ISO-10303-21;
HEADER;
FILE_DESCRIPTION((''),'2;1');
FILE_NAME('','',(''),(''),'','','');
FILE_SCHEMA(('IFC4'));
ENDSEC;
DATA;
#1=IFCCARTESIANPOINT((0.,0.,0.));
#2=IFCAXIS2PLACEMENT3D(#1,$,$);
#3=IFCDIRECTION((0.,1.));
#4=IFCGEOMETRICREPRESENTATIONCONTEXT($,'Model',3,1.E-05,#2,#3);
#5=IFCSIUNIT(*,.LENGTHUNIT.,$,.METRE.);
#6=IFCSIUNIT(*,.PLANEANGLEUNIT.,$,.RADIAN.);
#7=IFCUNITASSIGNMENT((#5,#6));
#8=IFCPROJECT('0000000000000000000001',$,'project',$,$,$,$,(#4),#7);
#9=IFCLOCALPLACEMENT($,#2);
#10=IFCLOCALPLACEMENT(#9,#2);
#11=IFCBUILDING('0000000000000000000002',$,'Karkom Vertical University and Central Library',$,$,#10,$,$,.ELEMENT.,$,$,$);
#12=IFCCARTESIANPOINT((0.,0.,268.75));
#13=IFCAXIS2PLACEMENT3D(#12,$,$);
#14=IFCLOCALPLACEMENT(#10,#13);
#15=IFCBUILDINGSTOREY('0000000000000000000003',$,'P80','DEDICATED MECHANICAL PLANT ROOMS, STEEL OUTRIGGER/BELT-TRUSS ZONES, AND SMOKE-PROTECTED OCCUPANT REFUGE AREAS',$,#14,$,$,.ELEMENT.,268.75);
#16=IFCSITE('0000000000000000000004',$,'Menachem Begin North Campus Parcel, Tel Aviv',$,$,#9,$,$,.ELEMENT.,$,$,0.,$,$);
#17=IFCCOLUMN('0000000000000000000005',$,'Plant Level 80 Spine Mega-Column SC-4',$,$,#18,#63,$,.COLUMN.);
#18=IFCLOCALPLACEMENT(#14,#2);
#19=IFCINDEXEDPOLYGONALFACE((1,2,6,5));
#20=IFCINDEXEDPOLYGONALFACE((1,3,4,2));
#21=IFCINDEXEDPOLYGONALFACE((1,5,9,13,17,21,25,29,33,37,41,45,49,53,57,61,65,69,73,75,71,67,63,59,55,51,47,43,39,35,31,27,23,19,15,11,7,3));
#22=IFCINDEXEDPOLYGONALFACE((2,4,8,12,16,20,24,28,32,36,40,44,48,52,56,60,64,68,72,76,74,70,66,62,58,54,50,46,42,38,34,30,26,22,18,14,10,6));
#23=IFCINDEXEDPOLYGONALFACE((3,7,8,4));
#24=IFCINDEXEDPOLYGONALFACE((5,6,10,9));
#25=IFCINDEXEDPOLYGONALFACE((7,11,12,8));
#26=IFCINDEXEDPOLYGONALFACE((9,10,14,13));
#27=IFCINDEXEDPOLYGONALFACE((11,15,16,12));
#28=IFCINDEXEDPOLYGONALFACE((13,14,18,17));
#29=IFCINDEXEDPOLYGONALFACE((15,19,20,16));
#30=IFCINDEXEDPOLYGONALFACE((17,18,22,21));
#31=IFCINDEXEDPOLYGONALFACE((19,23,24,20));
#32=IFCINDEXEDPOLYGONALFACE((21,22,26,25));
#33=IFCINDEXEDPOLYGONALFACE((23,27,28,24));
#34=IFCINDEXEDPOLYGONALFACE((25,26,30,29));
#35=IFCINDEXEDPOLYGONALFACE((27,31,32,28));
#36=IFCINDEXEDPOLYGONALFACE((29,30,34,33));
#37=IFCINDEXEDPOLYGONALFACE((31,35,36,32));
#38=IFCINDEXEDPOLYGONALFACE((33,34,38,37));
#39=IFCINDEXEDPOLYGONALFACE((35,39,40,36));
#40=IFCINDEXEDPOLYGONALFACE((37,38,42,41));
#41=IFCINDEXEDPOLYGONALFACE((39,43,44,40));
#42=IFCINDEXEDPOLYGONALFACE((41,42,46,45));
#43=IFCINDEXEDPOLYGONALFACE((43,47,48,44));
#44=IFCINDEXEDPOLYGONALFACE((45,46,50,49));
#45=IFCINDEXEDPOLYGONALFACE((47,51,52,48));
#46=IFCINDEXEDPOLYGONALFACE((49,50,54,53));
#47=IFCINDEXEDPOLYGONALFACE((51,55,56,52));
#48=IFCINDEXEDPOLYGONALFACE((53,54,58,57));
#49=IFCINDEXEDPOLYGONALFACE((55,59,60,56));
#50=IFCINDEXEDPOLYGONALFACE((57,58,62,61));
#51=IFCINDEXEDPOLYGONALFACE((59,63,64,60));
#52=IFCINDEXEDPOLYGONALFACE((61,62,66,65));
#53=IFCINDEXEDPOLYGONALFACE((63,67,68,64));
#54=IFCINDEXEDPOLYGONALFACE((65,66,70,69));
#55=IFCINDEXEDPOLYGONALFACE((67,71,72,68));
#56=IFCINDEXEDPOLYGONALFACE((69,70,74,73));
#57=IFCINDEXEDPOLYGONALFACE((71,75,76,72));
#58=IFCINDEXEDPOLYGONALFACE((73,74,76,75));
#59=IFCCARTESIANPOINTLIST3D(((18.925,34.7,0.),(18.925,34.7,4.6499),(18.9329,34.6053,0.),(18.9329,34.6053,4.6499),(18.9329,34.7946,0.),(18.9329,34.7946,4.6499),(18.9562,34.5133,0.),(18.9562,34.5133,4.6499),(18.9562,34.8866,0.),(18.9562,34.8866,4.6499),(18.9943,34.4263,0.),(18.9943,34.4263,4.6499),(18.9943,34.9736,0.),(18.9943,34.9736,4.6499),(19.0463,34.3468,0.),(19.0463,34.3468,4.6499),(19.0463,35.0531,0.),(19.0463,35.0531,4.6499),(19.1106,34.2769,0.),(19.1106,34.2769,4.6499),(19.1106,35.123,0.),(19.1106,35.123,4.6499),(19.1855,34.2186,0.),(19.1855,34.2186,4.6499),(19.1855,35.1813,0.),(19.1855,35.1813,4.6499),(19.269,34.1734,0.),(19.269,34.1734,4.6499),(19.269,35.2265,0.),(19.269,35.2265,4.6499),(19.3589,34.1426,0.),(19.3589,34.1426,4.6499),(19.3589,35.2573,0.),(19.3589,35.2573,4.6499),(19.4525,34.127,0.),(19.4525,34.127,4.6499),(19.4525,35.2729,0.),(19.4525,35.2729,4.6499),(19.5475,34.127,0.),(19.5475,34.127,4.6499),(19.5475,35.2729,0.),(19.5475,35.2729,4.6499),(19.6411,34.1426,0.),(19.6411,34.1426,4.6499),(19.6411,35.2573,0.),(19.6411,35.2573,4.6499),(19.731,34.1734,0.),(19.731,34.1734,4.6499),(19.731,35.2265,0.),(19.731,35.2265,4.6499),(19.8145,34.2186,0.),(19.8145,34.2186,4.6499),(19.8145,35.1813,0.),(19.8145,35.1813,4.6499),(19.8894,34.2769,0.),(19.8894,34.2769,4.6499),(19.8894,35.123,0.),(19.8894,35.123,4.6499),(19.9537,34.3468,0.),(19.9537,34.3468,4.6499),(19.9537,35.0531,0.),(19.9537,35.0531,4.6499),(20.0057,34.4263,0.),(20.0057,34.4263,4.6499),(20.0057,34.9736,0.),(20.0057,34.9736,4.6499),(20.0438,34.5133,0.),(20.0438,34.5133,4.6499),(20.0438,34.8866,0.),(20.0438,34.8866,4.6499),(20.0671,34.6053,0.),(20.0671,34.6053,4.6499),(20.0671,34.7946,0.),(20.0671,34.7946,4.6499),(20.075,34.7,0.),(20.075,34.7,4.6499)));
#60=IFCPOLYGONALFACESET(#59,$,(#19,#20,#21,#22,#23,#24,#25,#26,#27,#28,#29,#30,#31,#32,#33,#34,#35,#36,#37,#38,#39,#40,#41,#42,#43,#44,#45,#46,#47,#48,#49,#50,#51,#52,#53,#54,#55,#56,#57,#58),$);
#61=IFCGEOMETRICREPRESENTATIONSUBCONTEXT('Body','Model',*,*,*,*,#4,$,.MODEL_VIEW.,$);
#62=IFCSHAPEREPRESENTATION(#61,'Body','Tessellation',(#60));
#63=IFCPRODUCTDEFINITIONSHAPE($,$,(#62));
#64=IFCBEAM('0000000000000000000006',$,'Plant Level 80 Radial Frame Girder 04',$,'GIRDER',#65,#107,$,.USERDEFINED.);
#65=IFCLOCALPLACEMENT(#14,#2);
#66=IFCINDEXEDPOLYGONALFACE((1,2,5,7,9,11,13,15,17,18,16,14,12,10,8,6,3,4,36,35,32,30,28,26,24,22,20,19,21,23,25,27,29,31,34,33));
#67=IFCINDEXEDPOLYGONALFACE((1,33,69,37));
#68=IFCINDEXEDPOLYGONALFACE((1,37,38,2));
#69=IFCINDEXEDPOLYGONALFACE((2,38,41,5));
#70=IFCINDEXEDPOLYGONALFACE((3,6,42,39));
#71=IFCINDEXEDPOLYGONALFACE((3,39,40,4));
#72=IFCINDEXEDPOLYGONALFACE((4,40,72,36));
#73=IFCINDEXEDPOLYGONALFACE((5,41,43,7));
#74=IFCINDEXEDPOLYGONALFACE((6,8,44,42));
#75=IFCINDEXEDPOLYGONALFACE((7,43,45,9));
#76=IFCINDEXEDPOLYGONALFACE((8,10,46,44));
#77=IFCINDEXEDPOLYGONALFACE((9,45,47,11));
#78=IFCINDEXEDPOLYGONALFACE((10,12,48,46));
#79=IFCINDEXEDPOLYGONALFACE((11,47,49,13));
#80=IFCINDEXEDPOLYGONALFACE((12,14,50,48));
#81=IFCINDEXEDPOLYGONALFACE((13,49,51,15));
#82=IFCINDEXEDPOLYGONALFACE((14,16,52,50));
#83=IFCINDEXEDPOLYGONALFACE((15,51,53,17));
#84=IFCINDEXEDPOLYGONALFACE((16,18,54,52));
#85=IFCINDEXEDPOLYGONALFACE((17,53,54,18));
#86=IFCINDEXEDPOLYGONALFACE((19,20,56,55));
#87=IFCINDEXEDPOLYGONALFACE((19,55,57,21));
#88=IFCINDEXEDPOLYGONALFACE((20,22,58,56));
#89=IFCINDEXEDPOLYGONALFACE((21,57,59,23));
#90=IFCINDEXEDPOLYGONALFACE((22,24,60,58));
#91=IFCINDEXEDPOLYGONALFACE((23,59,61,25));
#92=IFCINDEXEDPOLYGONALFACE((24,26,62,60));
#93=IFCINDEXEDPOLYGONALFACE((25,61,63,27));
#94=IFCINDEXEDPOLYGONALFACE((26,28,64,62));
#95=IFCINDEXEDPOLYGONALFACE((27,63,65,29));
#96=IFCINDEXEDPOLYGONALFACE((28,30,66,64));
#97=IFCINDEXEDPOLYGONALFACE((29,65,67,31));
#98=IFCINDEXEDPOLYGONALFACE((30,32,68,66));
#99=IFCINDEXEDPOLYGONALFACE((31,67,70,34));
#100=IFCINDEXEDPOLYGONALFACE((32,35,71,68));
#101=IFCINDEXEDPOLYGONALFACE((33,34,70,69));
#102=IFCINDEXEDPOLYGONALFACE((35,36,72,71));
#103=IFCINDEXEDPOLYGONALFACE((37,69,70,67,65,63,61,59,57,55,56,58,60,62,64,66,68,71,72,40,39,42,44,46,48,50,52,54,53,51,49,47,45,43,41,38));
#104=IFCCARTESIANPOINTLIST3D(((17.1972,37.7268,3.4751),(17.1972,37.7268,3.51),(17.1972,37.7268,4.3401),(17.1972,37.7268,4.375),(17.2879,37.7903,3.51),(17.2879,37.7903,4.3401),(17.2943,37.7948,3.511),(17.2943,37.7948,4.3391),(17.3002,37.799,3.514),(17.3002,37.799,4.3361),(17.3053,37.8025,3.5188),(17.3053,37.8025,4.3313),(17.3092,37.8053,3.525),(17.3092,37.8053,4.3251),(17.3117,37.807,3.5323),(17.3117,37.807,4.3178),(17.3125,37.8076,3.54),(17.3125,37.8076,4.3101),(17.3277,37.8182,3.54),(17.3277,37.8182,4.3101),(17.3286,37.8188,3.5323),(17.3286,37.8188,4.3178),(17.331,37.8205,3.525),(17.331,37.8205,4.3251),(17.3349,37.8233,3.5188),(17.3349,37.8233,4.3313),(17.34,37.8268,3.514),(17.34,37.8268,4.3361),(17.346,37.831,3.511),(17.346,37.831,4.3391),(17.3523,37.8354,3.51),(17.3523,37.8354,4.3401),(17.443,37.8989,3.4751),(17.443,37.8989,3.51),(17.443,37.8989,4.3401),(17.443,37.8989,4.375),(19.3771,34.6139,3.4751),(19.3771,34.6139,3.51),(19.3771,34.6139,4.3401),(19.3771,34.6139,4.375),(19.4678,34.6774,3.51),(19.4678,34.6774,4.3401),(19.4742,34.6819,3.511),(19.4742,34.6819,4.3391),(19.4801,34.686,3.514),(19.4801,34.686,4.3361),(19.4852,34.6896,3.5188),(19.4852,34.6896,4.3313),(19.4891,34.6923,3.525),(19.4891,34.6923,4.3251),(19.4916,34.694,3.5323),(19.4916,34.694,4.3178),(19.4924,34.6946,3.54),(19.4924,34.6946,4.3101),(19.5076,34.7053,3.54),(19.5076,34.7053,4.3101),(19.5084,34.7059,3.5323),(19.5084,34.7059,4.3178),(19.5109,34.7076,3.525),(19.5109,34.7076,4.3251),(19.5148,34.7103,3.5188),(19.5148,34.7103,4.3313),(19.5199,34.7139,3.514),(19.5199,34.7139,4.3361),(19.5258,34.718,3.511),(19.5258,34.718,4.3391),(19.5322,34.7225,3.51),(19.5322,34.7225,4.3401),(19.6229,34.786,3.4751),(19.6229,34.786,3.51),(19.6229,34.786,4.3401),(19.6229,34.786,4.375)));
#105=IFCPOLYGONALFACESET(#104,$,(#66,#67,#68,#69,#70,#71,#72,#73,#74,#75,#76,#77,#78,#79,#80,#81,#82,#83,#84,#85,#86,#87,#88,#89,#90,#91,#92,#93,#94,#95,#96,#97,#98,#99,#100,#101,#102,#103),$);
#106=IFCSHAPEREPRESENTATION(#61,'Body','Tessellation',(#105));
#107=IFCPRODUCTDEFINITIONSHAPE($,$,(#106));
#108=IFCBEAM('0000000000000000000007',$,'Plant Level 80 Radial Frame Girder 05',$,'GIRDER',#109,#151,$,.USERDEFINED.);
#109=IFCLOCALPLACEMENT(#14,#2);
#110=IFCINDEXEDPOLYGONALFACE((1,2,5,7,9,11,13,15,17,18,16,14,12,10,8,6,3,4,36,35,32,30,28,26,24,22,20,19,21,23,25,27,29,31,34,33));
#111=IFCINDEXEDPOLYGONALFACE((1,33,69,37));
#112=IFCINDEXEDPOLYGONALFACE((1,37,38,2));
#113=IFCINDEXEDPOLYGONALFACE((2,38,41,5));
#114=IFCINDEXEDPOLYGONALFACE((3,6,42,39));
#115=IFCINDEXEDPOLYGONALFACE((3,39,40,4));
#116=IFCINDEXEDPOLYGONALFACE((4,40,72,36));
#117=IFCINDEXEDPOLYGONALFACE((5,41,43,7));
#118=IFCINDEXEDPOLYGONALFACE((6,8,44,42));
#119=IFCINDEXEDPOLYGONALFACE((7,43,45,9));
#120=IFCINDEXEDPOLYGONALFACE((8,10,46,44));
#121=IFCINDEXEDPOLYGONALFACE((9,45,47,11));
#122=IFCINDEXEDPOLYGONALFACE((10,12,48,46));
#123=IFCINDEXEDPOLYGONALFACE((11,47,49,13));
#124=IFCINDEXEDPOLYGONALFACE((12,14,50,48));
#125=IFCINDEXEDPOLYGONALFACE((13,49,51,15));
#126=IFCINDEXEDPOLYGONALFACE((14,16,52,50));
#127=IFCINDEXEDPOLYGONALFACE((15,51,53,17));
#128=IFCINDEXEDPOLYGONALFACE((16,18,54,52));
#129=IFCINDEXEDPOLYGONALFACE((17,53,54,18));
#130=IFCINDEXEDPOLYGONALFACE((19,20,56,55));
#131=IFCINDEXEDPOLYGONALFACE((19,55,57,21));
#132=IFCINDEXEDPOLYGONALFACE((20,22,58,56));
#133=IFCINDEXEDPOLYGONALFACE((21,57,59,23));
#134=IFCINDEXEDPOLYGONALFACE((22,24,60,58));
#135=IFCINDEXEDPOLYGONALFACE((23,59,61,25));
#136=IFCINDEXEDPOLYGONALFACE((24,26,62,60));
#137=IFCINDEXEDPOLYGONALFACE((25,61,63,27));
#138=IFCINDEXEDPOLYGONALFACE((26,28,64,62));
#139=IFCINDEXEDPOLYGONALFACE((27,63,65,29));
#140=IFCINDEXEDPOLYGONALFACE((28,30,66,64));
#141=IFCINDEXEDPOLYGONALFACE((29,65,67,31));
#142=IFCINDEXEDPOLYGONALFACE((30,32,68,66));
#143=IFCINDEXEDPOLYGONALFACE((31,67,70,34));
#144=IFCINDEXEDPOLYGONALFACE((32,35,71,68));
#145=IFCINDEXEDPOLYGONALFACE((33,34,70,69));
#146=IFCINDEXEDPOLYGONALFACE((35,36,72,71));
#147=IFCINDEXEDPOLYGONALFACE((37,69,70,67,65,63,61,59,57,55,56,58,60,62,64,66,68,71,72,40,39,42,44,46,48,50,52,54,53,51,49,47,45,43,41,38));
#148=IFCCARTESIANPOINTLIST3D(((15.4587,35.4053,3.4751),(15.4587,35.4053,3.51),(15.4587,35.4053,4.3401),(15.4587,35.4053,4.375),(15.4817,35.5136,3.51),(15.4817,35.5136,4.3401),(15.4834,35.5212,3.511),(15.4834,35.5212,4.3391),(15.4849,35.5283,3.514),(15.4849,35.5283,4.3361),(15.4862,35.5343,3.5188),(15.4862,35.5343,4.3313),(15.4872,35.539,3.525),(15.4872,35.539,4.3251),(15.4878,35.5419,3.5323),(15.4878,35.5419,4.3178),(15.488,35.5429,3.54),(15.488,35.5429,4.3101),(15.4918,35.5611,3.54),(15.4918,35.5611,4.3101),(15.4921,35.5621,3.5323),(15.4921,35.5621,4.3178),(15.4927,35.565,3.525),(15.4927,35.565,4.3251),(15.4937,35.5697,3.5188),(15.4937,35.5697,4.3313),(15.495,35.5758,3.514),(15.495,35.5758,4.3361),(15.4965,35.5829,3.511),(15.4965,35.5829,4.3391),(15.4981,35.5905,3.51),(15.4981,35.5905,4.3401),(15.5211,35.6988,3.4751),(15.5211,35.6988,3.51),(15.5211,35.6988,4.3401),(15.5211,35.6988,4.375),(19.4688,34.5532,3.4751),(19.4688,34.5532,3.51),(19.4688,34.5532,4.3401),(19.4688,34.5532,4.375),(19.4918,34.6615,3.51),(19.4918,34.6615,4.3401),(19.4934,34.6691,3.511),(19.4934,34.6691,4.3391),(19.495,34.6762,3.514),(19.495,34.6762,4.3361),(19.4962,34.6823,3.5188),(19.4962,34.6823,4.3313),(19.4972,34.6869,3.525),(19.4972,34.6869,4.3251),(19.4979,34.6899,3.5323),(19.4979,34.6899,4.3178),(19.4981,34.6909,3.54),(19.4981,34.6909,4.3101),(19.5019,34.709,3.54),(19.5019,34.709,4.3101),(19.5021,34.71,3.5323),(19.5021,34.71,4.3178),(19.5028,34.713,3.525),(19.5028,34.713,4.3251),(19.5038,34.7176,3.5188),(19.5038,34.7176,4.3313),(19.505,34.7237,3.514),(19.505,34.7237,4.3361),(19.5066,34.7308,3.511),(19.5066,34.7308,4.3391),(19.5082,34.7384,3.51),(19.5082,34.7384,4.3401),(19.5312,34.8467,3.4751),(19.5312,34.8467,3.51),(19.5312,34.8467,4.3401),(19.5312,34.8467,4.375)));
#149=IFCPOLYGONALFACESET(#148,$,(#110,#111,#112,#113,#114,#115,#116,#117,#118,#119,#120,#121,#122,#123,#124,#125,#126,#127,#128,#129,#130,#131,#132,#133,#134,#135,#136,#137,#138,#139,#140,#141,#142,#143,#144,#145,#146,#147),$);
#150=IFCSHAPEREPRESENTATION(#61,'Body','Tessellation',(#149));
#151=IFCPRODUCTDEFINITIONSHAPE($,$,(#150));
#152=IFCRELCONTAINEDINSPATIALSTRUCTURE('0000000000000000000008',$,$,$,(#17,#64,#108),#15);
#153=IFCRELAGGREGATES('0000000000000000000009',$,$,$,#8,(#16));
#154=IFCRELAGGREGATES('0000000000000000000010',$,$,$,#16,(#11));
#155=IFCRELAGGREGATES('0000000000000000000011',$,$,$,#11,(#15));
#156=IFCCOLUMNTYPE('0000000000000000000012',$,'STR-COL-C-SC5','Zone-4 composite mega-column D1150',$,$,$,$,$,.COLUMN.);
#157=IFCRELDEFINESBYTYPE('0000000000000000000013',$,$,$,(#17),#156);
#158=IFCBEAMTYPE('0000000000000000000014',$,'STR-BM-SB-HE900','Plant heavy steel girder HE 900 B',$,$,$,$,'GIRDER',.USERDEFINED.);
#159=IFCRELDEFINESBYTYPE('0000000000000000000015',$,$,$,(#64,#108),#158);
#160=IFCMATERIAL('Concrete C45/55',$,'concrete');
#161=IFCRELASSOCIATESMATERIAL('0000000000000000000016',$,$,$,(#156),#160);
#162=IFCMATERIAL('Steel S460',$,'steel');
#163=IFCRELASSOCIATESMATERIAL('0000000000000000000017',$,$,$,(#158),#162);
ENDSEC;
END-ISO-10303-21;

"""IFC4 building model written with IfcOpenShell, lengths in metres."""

from ifc_helpers import new_model, si_unit, direction, frame, origin, origin_with_axes, origin_2d, place, context, subcontext, project, spatial, circle, i_section, extrude, source, transform, mapped, material, material_profile, profile_set, type_object, element, save


model = new_model("IFC4")

# Units and contexts
model_context = context("Model", 3, precision=1e-05, world=origin(), true_north=direction((0.0, 1.0)))
body_context = subcontext(model_context, "Body", "Model", "MODEL_VIEW")
ifc_project = project(units=[si_unit("LENGTHUNIT", "METRE"), si_unit("PLANEANGLEUNIT", "RADIAN")], contexts=[model_context])

# Site, building, storey
site_placement = place(None, origin())
site = spatial("IfcSite", under=ifc_project, at=site_placement, Name="Menachem Begin North Campus Parcel, Tel Aviv", CompositionType="ELEMENT", RefElevation=0.0)
building_placement = place(site_placement, origin())
building = spatial("IfcBuilding", under=site, at=building_placement, Name="Karkom Vertical University and Central Library", CompositionType="ELEMENT")
storey_placement = place(building_placement, frame((0.0, 0.0, 268.75)))
storey = spatial("IfcBuildingStorey", under=building, at=storey_placement, Name="P80", Description="DEDICATED MECHANICAL PLANT ROOMS, STEEL OUTRIGGER/BELT-TRUSS ZONES, AND SMOKE-PROTECTED OCCUPANT REFUGE AREAS", CompositionType="ELEMENT", Elevation=268.75)

# Column
ifc_material_1 = material(Name="Concrete C45/55", Category="concrete")
ifc_material_profile_1 = material_profile(ifc_material_1, circle(Radius=0.575, at=origin_2d()), Name="CFT-D1150")
ifc_profile_set_1 = profile_set([ifc_material_profile_1], Name="Concrete C45/55")
column_type = type_object("IfcColumnType", Name="STR-COL-C-SC5", Description="Zone-4 composite mega-column D1150", PredefinedType="COLUMN", material=ifc_profile_set_1)
shared_shape_1 = source(origin_with_axes(), body_context, "Body", "SweptSolid", [
    extrude(circle(Radius=0.575, at=origin_2d()), origin(), (0.0, 0.0, 1.0), 4.6499),
])
column_placement = place(storey_placement, frame((19.5, 34.7, 0.0), z_axis=(0.0, 0.0, 1.0), x_axis=(1.0, 0.0, 0.0)))
element("IfcColumn", 1, at=column_placement, inside=storey, type_object=column_type, Name="Plant Level 80 Spine Mega-Column SC-4", PredefinedType="COLUMN", context=body_context, shape_type="MappedRepresentation", body=[
    mapped(shared_shape_1, transform((0.0, 0.0, 0.0), scale=1.0)),
])

# Beams
ifc_material_2 = material(Name="Steel S460", Category="steel")
ifc_material_profile_2 = material_profile(ifc_material_2, i_section(OverallWidth=0.3, OverallDepth=0.8999, WebThickness=0.0186, FlangeThickness=0.0349, FilletRadius=0.03, at=origin_2d()), Name="HE 900 B")
ifc_profile_set_2 = profile_set([ifc_material_profile_2], Name="Steel S460")
beam_type = type_object("IfcBeamType", Name="STR-BM-SB-HE900", Description="Plant heavy steel girder HE 900 B", ElementType="GIRDER", PredefinedType="USERDEFINED", material=ifc_profile_set_2)
shared_shape_2 = source(origin_with_axes(), body_context, "Body", "SweptSolid", [
    extrude(i_section(OverallWidth=0.3, OverallDepth=0.8999, WebThickness=0.0186, FlangeThickness=0.0349, FilletRadius=0.03, at=origin_2d()), origin(), (0.0, 0.0, 1.0), 3.8003),
])
beam_1_placement = place(storey_placement, frame((19.5, 34.7, 3.925), z_axis=(-0.573605, 0.819132, 0.0), x_axis=(-0.819132, -0.573605, 0.0)))
element("IfcBeam", 2, at=beam_1_placement, inside=storey, type_object=beam_type, Name="Plant Level 80 Radial Frame Girder 04", ObjectType="GIRDER", PredefinedType="USERDEFINED", context=body_context, shape_type="MappedRepresentation", body=[
    mapped(shared_shape_2, transform((0.0, 0.0, 0.0), scale=1.0)),
])
shared_shape_3 = source(origin_with_axes(), body_context, "Body", "SweptSolid", [
    extrude(i_section(OverallWidth=0.3, OverallDepth=0.8999, WebThickness=0.0186, FlangeThickness=0.0349, FilletRadius=0.03, at=origin_2d()), origin(), (0.0, 0.0, 1.0), 4.0996),
])
beam_2_placement = place(storey_placement, frame((19.5, 34.7, 3.925), z_axis=(-0.978163, 0.207841, 0.0), x_axis=(-0.207841, -0.978163, 0.0)))
element("IfcBeam", 3, at=beam_2_placement, inside=storey, type_object=beam_type, Name="Plant Level 80 Radial Frame Girder 05", ObjectType="GIRDER", PredefinedType="USERDEFINED", context=body_context, shape_type="MappedRepresentation", body=[
    mapped(shared_shape_3, transform((0.0, 0.0, 0.0), scale=1.0)),
])

save(model, "model.ifc")
